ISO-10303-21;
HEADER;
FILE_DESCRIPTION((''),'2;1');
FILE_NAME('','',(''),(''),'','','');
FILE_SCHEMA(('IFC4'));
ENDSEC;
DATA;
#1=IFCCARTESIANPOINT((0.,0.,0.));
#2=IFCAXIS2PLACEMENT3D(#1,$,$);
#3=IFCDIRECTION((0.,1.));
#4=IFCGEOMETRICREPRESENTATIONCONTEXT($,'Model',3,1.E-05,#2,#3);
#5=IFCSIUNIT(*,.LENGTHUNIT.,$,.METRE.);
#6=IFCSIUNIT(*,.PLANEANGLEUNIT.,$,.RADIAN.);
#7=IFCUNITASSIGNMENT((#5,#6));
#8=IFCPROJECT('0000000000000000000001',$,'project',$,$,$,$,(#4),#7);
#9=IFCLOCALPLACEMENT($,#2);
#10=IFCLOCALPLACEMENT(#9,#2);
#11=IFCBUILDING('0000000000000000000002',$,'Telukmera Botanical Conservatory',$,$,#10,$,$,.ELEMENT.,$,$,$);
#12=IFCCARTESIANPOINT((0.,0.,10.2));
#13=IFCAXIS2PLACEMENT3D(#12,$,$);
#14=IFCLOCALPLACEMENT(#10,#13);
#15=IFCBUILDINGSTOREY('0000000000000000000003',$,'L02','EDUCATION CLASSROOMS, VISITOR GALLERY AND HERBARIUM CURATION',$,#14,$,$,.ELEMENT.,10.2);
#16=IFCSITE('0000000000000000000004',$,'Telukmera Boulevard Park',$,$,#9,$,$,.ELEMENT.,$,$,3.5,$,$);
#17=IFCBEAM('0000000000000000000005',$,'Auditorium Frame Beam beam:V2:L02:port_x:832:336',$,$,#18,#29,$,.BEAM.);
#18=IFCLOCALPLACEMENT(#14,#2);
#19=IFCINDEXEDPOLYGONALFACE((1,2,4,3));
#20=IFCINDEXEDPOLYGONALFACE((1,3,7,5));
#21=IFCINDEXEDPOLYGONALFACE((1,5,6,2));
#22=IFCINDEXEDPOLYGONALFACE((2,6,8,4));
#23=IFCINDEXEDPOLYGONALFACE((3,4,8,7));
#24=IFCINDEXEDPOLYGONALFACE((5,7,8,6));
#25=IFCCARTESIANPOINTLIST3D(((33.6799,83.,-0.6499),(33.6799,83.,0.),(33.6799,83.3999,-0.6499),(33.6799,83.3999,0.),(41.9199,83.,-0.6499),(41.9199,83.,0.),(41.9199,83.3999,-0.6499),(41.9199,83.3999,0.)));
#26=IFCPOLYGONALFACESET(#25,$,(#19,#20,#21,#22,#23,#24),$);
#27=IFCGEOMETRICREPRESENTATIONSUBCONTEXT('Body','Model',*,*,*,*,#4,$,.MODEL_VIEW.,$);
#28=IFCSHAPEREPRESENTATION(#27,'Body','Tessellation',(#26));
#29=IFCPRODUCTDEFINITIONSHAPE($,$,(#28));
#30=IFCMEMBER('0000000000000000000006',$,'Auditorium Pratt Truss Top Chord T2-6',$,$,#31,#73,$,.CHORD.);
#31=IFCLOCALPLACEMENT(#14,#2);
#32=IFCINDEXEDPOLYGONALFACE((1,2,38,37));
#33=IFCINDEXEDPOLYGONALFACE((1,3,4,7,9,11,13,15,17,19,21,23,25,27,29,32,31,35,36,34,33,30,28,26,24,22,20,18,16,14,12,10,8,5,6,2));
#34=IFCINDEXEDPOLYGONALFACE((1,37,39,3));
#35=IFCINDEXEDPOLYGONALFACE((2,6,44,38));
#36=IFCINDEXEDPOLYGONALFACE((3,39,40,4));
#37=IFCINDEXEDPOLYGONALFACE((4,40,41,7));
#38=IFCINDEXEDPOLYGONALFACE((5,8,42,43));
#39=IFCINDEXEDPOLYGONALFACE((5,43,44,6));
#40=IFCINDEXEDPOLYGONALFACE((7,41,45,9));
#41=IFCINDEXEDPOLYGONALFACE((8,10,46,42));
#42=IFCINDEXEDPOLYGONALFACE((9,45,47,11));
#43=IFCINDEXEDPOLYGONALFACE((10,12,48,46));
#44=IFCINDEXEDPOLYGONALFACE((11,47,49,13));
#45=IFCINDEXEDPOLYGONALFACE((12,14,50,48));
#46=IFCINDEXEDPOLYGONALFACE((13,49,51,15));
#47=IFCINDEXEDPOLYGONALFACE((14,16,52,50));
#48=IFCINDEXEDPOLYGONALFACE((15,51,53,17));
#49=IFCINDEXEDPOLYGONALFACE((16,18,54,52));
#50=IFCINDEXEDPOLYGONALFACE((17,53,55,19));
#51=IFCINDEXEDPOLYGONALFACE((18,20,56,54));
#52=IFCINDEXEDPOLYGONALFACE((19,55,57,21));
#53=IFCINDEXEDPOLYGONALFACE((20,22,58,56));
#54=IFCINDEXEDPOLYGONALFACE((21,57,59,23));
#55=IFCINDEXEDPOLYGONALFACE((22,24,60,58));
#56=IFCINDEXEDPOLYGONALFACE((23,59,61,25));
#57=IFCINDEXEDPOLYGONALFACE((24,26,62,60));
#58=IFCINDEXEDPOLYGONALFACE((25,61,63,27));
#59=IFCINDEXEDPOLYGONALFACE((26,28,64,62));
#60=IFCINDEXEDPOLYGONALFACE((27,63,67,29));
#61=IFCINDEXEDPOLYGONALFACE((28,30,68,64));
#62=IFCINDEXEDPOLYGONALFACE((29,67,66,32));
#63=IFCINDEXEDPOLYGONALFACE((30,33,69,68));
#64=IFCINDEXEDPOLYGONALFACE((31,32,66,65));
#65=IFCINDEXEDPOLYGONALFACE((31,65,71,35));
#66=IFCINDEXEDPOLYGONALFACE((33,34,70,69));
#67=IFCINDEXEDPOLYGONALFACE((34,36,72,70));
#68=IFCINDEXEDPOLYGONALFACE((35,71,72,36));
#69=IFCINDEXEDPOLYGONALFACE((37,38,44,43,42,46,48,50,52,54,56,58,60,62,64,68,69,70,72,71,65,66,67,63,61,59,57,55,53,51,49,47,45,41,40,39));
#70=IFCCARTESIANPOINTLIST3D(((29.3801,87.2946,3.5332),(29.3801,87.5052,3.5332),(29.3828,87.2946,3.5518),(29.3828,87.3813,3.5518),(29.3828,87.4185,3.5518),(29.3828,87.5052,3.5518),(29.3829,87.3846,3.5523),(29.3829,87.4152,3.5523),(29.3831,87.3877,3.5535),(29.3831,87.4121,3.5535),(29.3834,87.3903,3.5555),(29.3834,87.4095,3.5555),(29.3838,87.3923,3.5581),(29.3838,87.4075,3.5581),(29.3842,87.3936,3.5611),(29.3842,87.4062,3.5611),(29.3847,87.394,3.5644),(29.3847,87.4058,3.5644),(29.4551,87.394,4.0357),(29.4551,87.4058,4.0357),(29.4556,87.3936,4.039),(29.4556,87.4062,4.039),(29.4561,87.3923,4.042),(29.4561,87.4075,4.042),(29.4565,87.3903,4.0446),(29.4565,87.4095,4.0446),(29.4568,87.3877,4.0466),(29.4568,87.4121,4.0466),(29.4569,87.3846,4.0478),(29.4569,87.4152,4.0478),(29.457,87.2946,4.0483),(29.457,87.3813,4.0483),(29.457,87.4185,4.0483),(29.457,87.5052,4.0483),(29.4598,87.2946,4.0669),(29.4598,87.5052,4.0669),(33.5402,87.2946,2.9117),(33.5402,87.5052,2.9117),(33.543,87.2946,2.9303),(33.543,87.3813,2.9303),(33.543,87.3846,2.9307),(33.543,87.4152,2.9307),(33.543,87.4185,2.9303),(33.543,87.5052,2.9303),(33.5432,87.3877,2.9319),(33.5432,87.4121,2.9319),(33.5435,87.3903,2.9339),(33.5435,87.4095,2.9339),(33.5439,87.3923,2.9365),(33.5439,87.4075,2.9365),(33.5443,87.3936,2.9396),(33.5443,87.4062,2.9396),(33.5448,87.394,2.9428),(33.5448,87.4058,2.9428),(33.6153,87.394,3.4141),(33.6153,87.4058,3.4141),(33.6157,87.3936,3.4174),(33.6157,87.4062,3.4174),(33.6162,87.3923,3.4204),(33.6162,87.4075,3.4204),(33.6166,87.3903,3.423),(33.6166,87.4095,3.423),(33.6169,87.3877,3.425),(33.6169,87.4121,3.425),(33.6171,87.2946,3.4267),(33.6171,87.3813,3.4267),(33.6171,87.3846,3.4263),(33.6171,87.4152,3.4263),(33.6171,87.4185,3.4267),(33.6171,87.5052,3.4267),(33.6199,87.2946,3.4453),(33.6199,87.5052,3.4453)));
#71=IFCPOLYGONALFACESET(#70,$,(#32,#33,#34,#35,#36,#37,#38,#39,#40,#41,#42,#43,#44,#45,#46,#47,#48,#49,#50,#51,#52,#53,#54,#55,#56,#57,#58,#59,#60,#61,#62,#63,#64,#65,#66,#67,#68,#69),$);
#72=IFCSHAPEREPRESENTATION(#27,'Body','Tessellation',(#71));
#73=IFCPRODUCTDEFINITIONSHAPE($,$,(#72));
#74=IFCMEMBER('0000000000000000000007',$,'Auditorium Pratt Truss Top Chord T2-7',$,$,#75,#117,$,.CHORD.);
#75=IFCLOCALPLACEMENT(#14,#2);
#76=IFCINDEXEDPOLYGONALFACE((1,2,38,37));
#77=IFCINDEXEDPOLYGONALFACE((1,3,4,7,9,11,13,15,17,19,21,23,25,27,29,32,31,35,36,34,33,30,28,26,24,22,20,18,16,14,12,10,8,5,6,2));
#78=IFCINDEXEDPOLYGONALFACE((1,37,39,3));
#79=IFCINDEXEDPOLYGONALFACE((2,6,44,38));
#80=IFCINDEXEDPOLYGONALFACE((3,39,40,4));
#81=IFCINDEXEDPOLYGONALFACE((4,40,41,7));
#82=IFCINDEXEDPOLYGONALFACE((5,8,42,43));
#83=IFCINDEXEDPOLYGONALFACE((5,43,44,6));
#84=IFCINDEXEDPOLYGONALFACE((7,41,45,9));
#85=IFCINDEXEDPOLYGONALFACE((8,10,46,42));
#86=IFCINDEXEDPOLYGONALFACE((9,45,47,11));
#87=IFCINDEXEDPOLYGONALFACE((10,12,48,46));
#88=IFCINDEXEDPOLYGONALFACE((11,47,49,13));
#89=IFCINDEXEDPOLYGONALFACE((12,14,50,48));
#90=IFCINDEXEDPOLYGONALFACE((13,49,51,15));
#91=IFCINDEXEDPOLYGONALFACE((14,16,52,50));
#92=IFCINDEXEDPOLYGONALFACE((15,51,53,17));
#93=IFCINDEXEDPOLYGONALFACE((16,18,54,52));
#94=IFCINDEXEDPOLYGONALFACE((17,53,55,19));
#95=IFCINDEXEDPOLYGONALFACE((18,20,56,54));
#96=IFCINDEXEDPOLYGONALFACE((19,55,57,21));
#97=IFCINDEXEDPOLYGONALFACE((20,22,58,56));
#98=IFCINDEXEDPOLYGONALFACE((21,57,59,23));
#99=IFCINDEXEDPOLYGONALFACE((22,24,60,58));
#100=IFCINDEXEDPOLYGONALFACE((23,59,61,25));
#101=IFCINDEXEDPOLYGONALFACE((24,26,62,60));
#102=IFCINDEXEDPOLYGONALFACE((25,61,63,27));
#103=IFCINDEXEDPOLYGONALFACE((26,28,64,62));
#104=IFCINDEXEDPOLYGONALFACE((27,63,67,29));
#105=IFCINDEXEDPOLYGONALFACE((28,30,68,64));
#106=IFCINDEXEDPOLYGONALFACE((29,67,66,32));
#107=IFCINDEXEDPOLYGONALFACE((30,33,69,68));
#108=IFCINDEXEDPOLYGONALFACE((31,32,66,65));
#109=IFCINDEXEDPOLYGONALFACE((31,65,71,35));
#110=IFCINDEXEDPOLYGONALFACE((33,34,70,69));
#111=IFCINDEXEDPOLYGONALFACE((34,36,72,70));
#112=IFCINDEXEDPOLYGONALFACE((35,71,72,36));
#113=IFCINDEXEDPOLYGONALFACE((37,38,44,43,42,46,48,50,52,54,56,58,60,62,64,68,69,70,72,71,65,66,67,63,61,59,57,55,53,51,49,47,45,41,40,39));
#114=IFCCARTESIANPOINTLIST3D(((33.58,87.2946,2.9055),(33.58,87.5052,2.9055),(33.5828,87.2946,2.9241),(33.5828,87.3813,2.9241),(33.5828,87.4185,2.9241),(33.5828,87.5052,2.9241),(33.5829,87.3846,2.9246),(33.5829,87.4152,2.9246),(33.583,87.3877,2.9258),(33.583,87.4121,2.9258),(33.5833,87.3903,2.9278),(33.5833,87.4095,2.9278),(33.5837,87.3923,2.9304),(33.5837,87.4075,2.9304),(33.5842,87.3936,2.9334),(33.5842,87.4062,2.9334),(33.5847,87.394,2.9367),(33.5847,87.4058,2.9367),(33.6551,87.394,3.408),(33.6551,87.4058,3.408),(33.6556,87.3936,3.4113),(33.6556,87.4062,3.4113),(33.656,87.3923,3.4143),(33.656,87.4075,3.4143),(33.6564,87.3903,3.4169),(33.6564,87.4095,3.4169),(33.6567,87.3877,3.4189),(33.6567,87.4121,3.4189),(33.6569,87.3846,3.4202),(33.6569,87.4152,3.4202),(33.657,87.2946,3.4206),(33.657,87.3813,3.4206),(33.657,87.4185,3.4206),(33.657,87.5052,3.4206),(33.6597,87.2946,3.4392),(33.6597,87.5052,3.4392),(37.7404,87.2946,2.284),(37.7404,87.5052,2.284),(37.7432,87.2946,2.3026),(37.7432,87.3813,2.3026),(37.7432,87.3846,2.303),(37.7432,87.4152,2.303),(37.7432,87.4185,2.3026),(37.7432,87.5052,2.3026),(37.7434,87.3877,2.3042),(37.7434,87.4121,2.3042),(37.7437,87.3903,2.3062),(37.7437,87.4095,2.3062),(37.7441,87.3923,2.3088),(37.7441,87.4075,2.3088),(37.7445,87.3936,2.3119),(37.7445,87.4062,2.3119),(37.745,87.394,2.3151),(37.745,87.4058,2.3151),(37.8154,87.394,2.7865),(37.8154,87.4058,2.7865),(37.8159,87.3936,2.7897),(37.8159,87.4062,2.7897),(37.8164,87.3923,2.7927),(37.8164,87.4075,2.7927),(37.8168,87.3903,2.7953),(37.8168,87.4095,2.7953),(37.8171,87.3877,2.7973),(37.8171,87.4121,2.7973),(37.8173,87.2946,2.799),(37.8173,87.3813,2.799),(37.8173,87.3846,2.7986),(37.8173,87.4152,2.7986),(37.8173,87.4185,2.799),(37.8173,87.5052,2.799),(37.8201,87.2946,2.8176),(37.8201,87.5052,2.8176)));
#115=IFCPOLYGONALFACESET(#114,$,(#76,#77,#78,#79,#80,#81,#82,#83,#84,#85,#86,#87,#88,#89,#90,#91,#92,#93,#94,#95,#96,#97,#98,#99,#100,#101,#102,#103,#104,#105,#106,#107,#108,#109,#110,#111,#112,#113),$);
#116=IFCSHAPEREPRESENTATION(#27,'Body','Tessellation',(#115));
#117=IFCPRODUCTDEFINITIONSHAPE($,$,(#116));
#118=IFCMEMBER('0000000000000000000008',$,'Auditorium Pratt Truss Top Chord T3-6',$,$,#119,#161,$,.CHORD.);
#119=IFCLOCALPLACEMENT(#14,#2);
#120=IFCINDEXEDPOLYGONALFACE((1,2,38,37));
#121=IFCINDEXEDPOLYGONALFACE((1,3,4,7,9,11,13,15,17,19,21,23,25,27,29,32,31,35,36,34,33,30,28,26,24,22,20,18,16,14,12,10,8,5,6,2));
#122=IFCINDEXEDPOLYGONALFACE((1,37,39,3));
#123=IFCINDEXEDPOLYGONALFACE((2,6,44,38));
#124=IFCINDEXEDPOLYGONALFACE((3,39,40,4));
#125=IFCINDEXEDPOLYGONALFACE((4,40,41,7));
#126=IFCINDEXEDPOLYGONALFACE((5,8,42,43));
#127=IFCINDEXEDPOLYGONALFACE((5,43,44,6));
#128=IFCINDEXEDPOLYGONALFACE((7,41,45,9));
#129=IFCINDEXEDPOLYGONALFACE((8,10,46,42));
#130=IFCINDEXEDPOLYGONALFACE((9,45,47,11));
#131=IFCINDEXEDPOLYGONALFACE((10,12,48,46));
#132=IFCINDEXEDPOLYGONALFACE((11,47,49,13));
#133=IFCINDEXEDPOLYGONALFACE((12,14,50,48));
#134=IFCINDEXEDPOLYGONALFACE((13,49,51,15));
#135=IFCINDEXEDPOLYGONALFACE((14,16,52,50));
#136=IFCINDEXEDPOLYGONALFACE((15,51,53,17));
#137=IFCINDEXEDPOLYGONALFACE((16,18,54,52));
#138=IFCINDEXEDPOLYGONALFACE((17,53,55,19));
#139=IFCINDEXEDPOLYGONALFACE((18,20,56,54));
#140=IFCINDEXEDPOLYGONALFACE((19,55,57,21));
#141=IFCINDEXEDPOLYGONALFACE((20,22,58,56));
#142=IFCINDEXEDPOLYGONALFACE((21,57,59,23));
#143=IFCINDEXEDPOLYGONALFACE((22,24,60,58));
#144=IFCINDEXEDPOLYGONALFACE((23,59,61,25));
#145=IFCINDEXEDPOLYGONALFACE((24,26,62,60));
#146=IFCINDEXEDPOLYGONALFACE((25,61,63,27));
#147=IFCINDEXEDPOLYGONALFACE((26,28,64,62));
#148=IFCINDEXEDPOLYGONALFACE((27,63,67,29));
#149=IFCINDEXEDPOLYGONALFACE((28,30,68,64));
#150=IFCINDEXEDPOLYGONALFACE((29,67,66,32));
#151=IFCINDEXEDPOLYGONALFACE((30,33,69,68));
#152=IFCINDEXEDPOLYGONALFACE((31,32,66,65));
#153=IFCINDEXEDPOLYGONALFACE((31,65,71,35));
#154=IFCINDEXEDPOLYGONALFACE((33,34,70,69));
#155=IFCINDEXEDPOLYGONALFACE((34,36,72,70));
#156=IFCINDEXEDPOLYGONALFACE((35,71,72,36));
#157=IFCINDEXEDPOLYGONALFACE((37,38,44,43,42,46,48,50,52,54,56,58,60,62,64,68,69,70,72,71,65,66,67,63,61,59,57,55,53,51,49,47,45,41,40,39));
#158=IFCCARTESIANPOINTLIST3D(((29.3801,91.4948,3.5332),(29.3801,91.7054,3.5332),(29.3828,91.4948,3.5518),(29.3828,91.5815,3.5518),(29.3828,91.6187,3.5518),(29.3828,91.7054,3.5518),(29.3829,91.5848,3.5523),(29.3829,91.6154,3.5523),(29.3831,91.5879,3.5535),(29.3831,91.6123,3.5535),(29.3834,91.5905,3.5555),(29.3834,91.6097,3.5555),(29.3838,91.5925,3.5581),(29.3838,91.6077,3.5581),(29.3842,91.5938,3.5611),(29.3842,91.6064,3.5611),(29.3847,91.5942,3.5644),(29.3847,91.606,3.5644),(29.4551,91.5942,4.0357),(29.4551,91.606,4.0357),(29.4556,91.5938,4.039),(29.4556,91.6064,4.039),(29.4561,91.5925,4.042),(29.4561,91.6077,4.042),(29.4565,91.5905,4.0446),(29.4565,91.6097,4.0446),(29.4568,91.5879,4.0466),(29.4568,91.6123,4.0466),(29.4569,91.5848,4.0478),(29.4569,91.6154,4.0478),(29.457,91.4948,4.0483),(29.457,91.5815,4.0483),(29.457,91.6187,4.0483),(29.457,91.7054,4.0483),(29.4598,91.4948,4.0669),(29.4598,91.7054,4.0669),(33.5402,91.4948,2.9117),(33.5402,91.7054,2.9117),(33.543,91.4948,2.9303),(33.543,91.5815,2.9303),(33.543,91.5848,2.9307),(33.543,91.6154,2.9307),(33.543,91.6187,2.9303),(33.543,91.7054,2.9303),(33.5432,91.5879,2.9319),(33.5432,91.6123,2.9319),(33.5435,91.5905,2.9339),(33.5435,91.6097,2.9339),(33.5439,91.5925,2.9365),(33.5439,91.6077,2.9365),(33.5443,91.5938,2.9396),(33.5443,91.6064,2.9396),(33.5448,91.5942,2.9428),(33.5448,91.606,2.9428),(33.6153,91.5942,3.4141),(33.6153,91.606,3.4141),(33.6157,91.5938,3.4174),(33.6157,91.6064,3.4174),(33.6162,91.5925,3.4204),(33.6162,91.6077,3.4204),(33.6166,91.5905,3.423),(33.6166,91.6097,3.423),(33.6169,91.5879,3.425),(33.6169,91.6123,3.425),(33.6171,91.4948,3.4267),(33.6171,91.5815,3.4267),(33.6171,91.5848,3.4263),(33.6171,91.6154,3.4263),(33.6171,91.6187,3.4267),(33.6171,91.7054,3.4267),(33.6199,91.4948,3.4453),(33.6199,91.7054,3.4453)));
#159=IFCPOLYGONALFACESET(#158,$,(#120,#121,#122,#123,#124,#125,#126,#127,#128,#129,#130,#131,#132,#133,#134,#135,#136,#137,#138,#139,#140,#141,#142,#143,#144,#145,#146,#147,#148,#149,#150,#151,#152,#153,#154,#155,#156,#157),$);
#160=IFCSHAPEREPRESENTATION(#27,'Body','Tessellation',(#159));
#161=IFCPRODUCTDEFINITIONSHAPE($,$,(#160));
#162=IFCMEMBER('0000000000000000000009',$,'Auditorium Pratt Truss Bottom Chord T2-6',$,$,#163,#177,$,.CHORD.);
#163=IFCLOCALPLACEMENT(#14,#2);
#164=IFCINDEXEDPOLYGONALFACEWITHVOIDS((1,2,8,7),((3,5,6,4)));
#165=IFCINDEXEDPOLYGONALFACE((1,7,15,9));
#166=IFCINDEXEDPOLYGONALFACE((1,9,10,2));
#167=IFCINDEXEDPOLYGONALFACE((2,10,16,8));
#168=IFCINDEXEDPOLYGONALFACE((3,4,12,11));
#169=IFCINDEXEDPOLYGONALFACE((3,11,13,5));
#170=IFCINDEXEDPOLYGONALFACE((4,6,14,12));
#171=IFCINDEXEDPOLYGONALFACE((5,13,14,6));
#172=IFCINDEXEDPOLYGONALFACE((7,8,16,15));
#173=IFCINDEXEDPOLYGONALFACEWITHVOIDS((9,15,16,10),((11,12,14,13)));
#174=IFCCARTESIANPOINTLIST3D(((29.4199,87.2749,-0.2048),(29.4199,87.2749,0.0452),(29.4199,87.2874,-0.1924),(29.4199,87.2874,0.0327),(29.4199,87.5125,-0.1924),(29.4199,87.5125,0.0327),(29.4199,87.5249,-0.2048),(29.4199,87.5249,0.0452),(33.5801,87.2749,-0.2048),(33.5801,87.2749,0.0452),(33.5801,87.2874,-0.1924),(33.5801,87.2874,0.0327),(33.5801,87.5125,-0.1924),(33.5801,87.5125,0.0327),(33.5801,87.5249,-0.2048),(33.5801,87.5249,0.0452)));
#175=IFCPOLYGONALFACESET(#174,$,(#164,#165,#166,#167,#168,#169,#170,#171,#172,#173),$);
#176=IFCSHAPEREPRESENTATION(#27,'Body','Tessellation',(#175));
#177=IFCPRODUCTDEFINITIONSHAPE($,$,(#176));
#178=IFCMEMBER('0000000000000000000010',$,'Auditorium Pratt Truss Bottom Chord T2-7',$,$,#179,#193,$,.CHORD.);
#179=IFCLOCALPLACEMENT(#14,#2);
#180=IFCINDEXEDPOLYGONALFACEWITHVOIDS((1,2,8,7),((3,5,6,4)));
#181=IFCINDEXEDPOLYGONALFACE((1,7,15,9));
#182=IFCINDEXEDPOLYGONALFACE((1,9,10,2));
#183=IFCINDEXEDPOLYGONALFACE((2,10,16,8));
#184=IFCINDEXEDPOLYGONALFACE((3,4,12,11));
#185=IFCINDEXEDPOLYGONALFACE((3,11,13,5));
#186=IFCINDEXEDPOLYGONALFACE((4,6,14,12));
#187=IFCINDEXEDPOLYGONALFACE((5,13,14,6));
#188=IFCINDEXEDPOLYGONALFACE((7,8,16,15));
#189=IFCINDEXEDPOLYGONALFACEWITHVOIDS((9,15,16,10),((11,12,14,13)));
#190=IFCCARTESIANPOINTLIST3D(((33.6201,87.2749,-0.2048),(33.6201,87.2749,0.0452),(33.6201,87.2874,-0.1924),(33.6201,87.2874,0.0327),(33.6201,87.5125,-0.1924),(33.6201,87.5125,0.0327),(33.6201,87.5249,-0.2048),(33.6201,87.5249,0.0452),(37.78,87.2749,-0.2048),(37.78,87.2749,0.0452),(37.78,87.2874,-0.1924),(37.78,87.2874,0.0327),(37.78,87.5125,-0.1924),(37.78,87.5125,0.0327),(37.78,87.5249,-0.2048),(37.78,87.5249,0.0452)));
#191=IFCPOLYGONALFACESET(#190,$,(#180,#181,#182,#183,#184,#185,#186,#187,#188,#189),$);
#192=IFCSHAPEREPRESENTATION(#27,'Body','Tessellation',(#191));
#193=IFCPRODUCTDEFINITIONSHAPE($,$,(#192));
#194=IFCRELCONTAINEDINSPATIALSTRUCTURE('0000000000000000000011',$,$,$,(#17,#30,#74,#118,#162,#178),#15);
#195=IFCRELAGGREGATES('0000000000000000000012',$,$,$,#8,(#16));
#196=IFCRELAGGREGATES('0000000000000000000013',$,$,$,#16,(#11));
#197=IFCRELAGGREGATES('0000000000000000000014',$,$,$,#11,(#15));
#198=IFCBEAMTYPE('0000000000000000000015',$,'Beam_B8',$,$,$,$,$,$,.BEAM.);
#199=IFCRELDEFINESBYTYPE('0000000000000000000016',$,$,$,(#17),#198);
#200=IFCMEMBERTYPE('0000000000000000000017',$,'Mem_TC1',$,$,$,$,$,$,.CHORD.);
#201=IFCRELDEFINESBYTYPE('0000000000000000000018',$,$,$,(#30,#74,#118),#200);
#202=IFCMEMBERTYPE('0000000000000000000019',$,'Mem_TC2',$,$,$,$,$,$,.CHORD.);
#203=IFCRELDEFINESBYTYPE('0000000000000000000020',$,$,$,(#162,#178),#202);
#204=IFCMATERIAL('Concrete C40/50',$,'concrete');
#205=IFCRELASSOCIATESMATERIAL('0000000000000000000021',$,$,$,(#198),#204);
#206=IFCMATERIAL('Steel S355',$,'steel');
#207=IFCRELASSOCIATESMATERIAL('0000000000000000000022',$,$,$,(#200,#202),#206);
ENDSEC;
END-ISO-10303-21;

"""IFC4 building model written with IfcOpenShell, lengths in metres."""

from ifc_helpers import new_model, si_unit, direction, frame, origin, origin_2d, place, context, subcontext, project, spatial, rectangle, hollow_rectangle, i_section, extrude, material, material_profile, profile_set, type_object, element, save


model = new_model("IFC4")

# Units and contexts
model_context = context("Model", 3, precision=1e-05, world=origin(), true_north=direction((0.0, 1.0)))
body_context = subcontext(model_context, "Body", "Model", "MODEL_VIEW")
ifc_project = project(units=[si_unit("LENGTHUNIT", "METRE"), si_unit("PLANEANGLEUNIT", "RADIAN")], contexts=[model_context])

# Site, building, storey
site_placement = place(None, origin())
site = spatial("IfcSite", under=ifc_project, at=site_placement, Name="Telukmera Boulevard Park", CompositionType="ELEMENT", RefElevation=3.5)
building_placement = place(site_placement, origin())
building = spatial("IfcBuilding", under=site, at=building_placement, Name="Telukmera Botanical Conservatory", CompositionType="ELEMENT")
storey_placement = place(building_placement, frame((0.0, 0.0, 10.2)))
storey = spatial("IfcBuildingStorey", under=building, at=storey_placement, Name="L02", Description="EDUCATION CLASSROOMS, VISITOR GALLERY AND HERBARIUM CURATION", CompositionType="ELEMENT", Elevation=10.2)

# Beam
ifc_material_1 = material(Name="Concrete C40/50", Category="concrete")
ifc_material_profile_1 = material_profile(ifc_material_1, rectangle(XDim=0.3999, YDim=0.6499, at=origin_2d()), Name="RC 400x650")
ifc_profile_set_1 = profile_set([ifc_material_profile_1], Name="Concrete C40/50")
beam_type = type_object("IfcBeamType", Name="Beam_B8", PredefinedType="BEAM", material=ifc_profile_set_1)
beam_placement = place(storey_placement, frame((33.6799, 83.2, -0.325), z_axis=(1.0, 0.0, 0.0), x_axis=(0.0, 1.0, 0.0)))
element("IfcBeam", 1, at=beam_placement, inside=storey, type_object=beam_type, Name="Auditorium Frame Beam beam:V2:L02:port_x:832:336", PredefinedType="BEAM", context=body_context, shape_type="SweptSolid", body=[
    extrude(rectangle(XDim=0.3999, YDim=0.6499, at=origin_2d()), origin(), (0.0, 0.0, 1.0), 8.24),
])

# Members
ifc_material_2 = material(Name="Steel S355", Category="steel")
ifc_material_profile_2 = material_profile(ifc_material_2, i_section(OverallWidth=0.2107, OverallDepth=0.5396, WebThickness=0.0117, FlangeThickness=0.0188, FilletRadius=0.0127, at=origin_2d()), Name="UB 533x210x109")
ifc_profile_set_2 = profile_set([ifc_material_profile_2], Name="Steel S355")
member_type_1 = type_object("IfcMemberType", Name="Mem_TC1", PredefinedType="CHORD", material=ifc_profile_set_2)
member_1_placement = place(storey_placement, frame((29.4199, 87.3999, 3.8), z_axis=(0.989021, 0.0, -0.147773), x_axis=(0.0, 1.0, 0.0)))
element("IfcMember", 2, at=member_1_placement, inside=storey, type_object=member_type_1, Name="Auditorium Pratt Truss Top Chord T2-6", PredefinedType="CHORD", context=body_context, shape_type="SweptSolid", body=[
    extrude(i_section(OverallWidth=0.2107, OverallDepth=0.5396, WebThickness=0.0117, FlangeThickness=0.0188, FilletRadius=0.0127, at=origin_2d()), origin(), (0.0, 0.0, 1.0), 4.2063),
])
member_2_placement = place(storey_placement, frame((33.6199, 87.3999, 3.1724), z_axis=(0.989023, 0.0, -0.147764), x_axis=(0.0, 1.0, 0.0)))
element("IfcMember", 3, at=member_2_placement, inside=storey, type_object=member_type_1, Name="Auditorium Pratt Truss Top Chord T2-7", PredefinedType="CHORD", context=body_context, shape_type="SweptSolid", body=[
    extrude(i_section(OverallWidth=0.2107, OverallDepth=0.5396, WebThickness=0.0117, FlangeThickness=0.0188, FilletRadius=0.0127, at=origin_2d()), origin(), (0.0, 0.0, 1.0), 4.2065),
])
member_3_placement = place(storey_placement, frame((29.4199, 91.6001, 3.8), z_axis=(0.989021, 0.0, -0.147773), x_axis=(0.0, 1.0, 0.0)))
element("IfcMember", 4, at=member_3_placement, inside=storey, type_object=member_type_1, Name="Auditorium Pratt Truss Top Chord T3-6", PredefinedType="CHORD", context=body_context, shape_type="SweptSolid", body=[
    extrude(i_section(OverallWidth=0.2107, OverallDepth=0.5396, WebThickness=0.0117, FlangeThickness=0.0188, FilletRadius=0.0127, at=origin_2d()), origin(), (0.0, 0.0, 1.0), 4.2063),
])
ifc_material_profile_3 = material_profile(ifc_material_2, hollow_rectangle(XDim=0.25, YDim=0.25, WallThickness=0.0125, at=origin_2d()), Name="SHS 250x250x12.5")
ifc_profile_set_3 = profile_set([ifc_material_profile_3], Name="Steel S355")
member_type_2 = type_object("IfcMemberType", Name="Mem_TC2", PredefinedType="CHORD", material=ifc_profile_set_3)
member_4_placement = place(storey_placement, frame((29.4199, 87.3999, -0.0798), z_axis=(1.0, 0.0, 0.0), x_axis=(0.0, 1.0, 0.0)))
element("IfcMember", 5, at=member_4_placement, inside=storey, type_object=member_type_2, Name="Auditorium Pratt Truss Bottom Chord T2-6", PredefinedType="CHORD", context=body_context, shape_type="SweptSolid", body=[
    extrude(hollow_rectangle(XDim=0.25, YDim=0.25, WallThickness=0.0125, at=origin_2d()), origin(), (0.0, 0.0, 1.0), 4.1602),
])
member_5_placement = place(storey_placement, frame((33.6201, 87.3999, -0.0798), z_axis=(1.0, 0.0, 0.0), x_axis=(0.0, 1.0, 0.0)))
element("IfcMember", 6, at=member_5_placement, inside=storey, type_object=member_type_2, Name="Auditorium Pratt Truss Bottom Chord T2-7", PredefinedType="CHORD", context=body_context, shape_type="SweptSolid", body=[
    extrude(hollow_rectangle(XDim=0.25, YDim=0.25, WallThickness=0.0125, at=origin_2d()), origin(), (0.0, 0.0, 1.0), 4.1599),
])

save(model, "model.ifc")
